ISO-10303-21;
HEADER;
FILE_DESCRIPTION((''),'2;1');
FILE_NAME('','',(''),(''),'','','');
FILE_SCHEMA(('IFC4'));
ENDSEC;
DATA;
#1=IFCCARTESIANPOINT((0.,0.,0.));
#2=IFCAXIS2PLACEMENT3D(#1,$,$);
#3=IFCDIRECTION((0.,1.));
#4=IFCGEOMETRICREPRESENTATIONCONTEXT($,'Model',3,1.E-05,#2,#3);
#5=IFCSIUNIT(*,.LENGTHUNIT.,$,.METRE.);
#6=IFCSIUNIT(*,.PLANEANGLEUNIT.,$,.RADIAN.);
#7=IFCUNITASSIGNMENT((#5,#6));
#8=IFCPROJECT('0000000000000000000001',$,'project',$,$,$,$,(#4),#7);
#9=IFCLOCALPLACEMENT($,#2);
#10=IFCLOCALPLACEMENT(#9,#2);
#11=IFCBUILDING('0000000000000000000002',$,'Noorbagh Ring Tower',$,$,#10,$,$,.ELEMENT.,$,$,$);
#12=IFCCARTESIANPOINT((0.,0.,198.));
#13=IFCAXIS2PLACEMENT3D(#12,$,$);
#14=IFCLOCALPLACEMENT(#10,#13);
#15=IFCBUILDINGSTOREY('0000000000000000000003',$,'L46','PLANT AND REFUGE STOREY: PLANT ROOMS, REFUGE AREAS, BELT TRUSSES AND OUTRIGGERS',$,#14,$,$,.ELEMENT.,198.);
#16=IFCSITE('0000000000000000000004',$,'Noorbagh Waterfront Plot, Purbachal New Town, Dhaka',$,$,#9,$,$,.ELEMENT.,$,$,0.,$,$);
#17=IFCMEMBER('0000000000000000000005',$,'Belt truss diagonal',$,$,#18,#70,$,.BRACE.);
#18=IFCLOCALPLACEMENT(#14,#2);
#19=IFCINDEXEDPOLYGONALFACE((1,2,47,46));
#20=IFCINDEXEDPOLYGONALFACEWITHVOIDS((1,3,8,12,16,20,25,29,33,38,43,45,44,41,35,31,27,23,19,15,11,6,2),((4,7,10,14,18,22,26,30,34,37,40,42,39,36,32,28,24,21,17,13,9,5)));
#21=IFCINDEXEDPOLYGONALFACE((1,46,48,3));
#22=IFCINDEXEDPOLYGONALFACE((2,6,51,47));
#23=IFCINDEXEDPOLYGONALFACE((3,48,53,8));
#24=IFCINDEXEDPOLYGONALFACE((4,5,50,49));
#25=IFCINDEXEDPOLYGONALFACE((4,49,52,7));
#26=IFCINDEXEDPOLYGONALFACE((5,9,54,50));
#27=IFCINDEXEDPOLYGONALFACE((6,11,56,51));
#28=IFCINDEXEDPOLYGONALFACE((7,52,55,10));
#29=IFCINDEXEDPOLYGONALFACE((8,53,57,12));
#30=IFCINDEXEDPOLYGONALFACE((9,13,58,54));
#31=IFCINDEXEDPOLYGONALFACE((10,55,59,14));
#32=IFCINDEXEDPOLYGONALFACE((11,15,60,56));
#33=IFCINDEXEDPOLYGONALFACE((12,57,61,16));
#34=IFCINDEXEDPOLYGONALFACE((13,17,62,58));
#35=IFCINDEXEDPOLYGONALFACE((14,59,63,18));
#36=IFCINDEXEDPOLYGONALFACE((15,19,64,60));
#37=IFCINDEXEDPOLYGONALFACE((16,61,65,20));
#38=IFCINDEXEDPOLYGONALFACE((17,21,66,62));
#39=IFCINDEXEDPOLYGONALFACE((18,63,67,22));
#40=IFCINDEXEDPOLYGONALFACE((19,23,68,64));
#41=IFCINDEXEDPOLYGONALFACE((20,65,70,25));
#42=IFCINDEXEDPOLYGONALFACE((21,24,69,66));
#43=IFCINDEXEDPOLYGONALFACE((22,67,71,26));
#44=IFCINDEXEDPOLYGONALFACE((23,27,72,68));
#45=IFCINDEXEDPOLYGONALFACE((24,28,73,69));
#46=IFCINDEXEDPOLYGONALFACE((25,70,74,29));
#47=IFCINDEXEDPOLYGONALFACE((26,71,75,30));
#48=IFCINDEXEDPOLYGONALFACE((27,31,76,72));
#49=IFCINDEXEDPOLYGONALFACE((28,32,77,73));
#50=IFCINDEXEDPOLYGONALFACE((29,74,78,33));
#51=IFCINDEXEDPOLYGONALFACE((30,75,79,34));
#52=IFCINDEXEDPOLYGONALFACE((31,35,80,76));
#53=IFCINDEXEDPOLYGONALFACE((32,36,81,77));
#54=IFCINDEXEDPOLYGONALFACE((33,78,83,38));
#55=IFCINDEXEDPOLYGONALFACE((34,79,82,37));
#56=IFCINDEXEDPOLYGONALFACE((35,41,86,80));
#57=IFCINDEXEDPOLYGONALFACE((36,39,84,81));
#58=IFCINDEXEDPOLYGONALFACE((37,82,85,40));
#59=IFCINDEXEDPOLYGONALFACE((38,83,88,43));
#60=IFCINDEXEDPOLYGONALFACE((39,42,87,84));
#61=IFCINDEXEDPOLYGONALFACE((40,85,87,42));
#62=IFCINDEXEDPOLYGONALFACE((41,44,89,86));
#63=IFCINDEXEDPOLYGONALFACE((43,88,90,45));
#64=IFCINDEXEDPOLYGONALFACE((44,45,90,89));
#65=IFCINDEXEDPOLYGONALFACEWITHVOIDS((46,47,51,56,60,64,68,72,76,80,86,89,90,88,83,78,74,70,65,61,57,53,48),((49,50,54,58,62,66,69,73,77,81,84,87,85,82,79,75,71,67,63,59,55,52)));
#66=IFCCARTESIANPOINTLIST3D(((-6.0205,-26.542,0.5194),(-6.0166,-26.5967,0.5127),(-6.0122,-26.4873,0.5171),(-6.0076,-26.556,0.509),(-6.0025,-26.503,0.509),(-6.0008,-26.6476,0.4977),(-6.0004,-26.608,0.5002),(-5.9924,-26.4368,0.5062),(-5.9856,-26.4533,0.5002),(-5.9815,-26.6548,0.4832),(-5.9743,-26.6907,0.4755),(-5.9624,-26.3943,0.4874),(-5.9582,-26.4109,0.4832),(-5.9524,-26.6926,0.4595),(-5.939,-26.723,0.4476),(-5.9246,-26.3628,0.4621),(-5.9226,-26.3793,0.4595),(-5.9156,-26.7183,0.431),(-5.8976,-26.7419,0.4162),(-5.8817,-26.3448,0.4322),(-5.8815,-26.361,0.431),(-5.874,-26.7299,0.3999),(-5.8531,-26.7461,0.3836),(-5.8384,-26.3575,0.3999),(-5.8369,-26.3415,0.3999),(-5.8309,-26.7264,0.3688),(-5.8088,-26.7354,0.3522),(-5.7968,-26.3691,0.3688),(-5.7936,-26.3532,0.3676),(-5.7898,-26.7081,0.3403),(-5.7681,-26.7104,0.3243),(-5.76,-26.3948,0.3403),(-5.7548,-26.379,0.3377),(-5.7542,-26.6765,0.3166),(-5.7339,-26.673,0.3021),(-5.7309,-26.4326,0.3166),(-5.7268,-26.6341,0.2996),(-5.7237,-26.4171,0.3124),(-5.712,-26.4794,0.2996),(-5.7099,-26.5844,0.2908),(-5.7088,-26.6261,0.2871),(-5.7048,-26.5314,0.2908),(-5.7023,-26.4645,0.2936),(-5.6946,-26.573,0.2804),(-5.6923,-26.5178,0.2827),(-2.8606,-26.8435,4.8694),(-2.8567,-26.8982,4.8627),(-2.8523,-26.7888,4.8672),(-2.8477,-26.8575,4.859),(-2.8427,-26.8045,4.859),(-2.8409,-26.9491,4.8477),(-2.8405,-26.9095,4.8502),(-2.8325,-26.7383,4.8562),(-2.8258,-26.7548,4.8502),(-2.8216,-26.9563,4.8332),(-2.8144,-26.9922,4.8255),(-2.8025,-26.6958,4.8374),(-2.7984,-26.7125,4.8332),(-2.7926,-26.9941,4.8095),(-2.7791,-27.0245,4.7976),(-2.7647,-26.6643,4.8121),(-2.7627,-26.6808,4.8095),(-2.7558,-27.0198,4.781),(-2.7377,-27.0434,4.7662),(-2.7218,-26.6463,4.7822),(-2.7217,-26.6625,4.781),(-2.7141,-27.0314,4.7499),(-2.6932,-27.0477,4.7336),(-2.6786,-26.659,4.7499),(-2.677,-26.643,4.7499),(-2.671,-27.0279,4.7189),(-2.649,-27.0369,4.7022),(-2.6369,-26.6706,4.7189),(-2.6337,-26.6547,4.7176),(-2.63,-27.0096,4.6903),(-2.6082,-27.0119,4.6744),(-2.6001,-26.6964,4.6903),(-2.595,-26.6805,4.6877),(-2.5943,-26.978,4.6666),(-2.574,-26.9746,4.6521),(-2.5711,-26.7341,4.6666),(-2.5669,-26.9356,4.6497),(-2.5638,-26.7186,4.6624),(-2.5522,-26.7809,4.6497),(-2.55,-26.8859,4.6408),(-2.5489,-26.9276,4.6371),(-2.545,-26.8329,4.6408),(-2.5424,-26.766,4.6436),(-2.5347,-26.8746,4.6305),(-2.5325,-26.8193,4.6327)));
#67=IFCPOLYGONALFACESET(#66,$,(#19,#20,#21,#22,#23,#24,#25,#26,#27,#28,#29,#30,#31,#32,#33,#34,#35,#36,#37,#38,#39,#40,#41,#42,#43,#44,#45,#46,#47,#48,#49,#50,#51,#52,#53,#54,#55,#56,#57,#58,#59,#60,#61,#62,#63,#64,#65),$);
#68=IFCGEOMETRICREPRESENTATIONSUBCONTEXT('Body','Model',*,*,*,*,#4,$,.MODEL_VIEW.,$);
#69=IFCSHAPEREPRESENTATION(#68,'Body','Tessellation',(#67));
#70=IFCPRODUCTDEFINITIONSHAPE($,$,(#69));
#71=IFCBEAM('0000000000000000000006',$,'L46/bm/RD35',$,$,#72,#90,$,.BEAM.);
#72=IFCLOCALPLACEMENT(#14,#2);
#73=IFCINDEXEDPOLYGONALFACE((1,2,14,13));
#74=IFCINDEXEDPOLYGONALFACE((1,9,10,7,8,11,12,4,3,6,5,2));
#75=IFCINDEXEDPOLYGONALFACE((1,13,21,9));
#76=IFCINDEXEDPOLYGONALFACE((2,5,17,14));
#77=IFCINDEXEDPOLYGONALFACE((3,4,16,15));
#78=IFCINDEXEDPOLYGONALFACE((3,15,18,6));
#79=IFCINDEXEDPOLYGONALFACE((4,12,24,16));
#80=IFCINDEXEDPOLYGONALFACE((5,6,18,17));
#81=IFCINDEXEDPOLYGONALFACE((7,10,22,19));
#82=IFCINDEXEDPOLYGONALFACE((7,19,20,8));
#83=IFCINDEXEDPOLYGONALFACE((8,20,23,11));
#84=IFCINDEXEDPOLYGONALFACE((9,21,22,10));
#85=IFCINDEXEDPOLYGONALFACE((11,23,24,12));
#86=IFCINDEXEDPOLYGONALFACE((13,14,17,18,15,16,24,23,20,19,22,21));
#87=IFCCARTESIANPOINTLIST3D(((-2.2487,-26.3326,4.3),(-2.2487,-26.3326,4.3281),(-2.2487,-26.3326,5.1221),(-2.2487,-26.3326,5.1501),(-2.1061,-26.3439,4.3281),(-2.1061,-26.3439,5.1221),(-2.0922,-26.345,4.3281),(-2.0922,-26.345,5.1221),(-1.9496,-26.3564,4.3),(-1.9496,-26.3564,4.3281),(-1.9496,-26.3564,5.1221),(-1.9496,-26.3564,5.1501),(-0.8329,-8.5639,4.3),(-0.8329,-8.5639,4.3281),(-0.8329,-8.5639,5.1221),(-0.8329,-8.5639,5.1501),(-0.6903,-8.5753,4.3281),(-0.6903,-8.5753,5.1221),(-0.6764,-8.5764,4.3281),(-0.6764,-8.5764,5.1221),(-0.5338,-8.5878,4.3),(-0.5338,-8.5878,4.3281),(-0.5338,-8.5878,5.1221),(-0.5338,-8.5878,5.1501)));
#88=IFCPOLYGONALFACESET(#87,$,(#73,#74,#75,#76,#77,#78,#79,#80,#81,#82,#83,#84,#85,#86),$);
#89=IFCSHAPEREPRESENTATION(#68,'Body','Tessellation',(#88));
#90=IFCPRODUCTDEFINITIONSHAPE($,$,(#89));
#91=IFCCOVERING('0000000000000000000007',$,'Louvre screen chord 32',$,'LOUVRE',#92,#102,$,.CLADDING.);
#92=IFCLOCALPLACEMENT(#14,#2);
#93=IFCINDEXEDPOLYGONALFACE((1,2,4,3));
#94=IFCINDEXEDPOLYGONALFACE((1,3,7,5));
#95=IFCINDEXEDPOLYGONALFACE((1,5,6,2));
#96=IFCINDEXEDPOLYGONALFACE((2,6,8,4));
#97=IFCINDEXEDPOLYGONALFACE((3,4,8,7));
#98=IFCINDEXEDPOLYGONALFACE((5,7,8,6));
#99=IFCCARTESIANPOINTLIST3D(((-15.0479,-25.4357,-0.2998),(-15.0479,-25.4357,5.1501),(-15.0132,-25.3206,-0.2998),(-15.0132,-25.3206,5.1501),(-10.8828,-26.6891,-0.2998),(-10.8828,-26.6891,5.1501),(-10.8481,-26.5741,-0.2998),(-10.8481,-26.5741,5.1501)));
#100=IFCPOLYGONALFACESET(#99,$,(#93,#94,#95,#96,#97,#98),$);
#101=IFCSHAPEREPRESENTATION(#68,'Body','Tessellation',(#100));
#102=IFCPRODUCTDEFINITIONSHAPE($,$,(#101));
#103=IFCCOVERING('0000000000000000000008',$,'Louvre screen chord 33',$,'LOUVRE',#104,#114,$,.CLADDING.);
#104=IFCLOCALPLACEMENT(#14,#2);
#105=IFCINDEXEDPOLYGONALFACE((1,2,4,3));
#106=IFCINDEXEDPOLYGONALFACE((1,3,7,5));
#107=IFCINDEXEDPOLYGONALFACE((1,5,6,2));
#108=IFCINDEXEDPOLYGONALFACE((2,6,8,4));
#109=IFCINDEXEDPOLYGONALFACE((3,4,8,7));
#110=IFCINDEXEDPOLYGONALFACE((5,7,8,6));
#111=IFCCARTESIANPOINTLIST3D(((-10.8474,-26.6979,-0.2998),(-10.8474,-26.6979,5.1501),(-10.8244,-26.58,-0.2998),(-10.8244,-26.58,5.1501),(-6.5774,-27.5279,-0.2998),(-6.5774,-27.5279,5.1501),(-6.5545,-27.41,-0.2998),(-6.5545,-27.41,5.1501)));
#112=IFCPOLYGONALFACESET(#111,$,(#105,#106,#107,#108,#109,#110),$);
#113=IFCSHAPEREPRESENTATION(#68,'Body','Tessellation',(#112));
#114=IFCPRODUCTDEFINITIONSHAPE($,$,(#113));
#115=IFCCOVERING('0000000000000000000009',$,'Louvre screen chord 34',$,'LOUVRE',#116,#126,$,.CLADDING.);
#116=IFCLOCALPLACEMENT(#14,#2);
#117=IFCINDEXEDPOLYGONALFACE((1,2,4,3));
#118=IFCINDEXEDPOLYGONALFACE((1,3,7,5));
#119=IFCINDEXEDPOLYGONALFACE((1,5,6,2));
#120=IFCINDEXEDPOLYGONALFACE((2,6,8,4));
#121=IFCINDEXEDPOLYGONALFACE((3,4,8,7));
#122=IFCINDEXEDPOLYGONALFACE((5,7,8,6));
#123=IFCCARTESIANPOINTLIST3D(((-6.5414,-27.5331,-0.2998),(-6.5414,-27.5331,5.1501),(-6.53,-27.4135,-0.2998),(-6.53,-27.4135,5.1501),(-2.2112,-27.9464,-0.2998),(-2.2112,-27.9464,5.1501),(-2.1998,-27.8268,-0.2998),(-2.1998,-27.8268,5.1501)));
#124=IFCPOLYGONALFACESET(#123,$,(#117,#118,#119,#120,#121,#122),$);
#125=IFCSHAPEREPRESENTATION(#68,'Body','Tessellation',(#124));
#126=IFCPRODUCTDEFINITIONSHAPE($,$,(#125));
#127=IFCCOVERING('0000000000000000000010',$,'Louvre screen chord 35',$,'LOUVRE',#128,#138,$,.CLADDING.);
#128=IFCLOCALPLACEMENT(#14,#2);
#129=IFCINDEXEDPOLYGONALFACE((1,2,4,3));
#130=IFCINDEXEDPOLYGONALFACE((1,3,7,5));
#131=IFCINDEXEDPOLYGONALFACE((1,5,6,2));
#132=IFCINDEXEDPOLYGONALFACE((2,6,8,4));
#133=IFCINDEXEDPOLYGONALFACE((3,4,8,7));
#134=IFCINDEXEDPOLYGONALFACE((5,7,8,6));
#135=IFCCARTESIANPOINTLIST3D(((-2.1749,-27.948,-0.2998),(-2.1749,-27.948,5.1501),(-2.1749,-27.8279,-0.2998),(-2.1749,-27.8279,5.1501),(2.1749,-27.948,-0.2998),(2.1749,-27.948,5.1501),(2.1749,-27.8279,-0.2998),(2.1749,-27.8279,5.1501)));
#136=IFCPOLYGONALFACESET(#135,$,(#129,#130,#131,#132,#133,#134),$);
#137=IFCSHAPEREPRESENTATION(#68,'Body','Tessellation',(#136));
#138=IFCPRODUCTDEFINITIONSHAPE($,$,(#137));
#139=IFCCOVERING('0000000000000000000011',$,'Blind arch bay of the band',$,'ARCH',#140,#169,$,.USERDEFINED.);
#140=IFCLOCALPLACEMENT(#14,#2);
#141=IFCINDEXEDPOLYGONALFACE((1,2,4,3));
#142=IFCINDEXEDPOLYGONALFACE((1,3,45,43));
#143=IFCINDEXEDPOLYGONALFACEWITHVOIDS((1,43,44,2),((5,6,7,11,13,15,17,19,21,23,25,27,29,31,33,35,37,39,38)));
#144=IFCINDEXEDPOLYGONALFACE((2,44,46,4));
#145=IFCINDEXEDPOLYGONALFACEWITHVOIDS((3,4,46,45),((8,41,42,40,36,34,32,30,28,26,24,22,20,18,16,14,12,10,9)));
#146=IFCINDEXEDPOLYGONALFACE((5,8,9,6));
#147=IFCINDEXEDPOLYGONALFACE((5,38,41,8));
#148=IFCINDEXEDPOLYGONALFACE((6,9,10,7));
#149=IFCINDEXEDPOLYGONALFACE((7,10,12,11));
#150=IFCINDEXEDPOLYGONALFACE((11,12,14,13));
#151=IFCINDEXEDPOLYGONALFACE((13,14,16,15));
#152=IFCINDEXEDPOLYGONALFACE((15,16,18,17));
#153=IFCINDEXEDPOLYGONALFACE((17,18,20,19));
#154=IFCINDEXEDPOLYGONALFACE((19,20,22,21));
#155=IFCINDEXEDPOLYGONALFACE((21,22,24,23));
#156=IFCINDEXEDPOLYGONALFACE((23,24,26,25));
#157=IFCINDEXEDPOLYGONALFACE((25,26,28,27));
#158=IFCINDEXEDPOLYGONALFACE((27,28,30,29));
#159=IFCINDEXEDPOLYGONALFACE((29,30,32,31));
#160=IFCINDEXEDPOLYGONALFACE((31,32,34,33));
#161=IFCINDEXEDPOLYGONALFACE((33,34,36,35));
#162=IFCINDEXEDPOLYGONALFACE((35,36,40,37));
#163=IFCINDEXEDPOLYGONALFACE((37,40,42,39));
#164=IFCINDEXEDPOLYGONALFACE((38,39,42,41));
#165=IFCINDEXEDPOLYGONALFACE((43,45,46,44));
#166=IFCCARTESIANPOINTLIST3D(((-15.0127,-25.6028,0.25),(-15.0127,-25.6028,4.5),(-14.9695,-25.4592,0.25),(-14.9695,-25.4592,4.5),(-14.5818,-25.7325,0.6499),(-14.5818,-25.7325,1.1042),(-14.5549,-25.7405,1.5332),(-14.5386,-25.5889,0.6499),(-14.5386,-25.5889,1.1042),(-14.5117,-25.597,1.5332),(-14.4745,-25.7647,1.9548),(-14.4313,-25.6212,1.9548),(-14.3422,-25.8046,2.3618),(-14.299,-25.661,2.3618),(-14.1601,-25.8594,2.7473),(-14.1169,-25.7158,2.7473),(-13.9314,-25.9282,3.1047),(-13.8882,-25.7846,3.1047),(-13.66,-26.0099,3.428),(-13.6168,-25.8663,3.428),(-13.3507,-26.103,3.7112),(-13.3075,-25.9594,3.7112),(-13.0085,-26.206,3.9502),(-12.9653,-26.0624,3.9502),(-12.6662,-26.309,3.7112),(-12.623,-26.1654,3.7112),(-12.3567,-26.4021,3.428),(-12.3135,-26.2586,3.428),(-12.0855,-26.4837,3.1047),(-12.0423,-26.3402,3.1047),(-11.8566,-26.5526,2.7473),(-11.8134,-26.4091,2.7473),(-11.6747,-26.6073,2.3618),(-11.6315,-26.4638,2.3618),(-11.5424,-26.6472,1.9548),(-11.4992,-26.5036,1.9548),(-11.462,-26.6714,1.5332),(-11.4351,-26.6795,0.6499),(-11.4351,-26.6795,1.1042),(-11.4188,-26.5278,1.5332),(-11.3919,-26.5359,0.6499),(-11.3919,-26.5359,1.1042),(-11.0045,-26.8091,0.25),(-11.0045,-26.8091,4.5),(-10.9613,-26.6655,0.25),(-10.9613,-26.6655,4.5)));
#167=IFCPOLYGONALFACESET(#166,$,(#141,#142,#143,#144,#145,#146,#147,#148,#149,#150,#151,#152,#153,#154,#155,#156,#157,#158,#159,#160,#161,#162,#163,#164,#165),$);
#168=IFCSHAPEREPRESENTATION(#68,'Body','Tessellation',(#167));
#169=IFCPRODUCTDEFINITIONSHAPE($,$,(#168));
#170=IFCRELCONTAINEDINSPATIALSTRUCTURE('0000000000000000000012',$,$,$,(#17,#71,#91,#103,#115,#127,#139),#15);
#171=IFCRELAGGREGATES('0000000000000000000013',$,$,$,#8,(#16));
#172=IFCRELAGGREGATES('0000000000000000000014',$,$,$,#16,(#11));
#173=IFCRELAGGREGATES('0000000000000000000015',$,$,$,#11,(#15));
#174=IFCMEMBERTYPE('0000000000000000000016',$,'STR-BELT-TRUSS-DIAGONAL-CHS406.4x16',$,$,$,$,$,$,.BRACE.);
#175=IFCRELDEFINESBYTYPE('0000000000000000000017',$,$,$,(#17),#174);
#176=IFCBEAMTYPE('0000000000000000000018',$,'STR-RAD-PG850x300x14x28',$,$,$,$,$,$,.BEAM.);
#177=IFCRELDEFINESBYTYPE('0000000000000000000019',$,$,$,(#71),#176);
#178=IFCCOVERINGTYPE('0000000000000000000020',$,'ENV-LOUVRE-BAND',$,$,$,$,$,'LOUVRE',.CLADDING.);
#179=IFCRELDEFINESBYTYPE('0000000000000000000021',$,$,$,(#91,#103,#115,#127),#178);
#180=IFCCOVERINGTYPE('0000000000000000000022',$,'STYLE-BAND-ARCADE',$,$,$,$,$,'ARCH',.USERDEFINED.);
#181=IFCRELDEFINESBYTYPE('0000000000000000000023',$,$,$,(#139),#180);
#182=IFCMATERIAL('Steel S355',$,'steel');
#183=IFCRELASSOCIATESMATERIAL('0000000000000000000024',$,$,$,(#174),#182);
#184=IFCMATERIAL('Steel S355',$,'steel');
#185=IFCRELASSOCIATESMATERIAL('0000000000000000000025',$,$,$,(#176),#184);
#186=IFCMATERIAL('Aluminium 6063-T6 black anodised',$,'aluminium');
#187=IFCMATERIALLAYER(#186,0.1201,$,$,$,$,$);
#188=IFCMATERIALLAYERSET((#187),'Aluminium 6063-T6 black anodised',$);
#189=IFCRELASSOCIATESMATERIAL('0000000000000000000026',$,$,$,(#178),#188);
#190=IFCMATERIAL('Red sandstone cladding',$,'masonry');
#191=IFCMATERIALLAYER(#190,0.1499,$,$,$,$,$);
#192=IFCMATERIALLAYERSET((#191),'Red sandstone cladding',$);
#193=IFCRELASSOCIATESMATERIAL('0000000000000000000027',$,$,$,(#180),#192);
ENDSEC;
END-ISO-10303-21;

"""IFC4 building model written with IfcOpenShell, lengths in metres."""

from ifc_helpers import new_model, si_unit, direction, frame, origin, origin_2d, place, context, subcontext, project, spatial, polyline, rectangle, hollow_circle, i_section, outline, extrude, material, layer, layer_set, material_profile, profile_set, type_object, element, save


model = new_model("IFC4")

# Units and contexts
model_context = context("Model", 3, precision=1e-05, world=origin(), true_north=direction((0.0, 1.0)))
body_context = subcontext(model_context, "Body", "Model", "MODEL_VIEW")
ifc_project = project(units=[si_unit("LENGTHUNIT", "METRE"), si_unit("PLANEANGLEUNIT", "RADIAN")], contexts=[model_context])

# Site, building, storey
site_placement = place(None, origin())
site = spatial("IfcSite", under=ifc_project, at=site_placement, Name="Noorbagh Waterfront Plot, Purbachal New Town, Dhaka", CompositionType="ELEMENT", RefElevation=0.0)
building_placement = place(site_placement, origin())
building = spatial("IfcBuilding", under=site, at=building_placement, Name="Noorbagh Ring Tower", CompositionType="ELEMENT")
storey_placement = place(building_placement, frame((0.0, 0.0, 198.0)))
storey = spatial("IfcBuildingStorey", under=building, at=storey_placement, Name="L46", Description="PLANT AND REFUGE STOREY: PLANT ROOMS, REFUGE AREAS, BELT TRUSSES AND OUTRIGGERS", CompositionType="ELEMENT", Elevation=198.0)

# Member
ifc_material_1 = material(Name="Steel S355", Category="steel")
ifc_material_profile_1 = material_profile(ifc_material_1, hollow_circle(Radius=0.2031, WallThickness=0.0161, at=origin_2d()), Name="CHS406.4x16")
ifc_profile_set_1 = profile_set([ifc_material_profile_1], Name="Steel S355")
member_type = type_object("IfcMemberType", Name="STR-BELT-TRUSS-DIAGONAL-CHS406.4x16", PredefinedType="BRACE", material=ifc_profile_set_1)
member_1_placement = place(storey_placement, frame((-5.8562, -26.5437, 0.3999), z_axis=(0.586788, -0.05599, 0.807803), x_axis=(0.094987, 0.995479, 0.0)))
element("IfcMember", 1, at=member_1_placement, inside=storey, type_object=member_type, Name="Belt truss diagonal", PredefinedType="BRACE", context=body_context, shape_type="SweptSolid", body=[
    extrude(hollow_circle(Radius=0.2031, WallThickness=0.0161, at=origin_2d()), origin(), (0.0, 0.0, 1.0), 5.385),
])

# Beam
ifc_material_2 = material(Name="Steel S355", Category="steel")
ifc_material_profile_2 = material_profile(ifc_material_2, i_section(OverallWidth=0.3, OverallDepth=0.8501, WebThickness=0.0139, FlangeThickness=0.0281, at=origin_2d()), Name="PG850x300x14x28")
ifc_profile_set_2 = profile_set([ifc_material_profile_2], Name="Steel S355")
beam_type_1 = type_object("IfcBeamType", Name="STR-RAD-PG850x300x14x28", PredefinedType="BEAM", material=ifc_profile_set_2)
beam_placement = place(storey_placement, frame((-2.0991, -26.3445, 4.7251), z_axis=(0.079427, 0.996841, 0.0), x_axis=(-0.996841, 0.079427, 0.0)))
element("IfcBeam", 2, at=beam_placement, inside=storey, type_object=beam_type_1, Name="L46/bm/RD35", PredefinedType="BEAM", context=body_context, shape_type="SweptSolid", body=[
    extrude(i_section(OverallWidth=0.3, OverallDepth=0.8501, WebThickness=0.0139, FlangeThickness=0.0281, at=origin_2d()), origin(), (0.0, 0.0, 1.0), 17.825),
])

# Coverings
ifc_material_3 = material(Name="Aluminium 6063-T6 black anodised", Category="aluminium")
ifc_layer_1 = layer(ifc_material_3, 0.1201)
ifc_layer_set_1 = layer_set([ifc_layer_1], Name="Aluminium 6063-T6 black anodised")
covering_type_1 = type_object("IfcCoveringType", Name="ENV-LOUVRE-BAND", ElementType="LOUVRE", PredefinedType="CLADDING", material=ifc_layer_set_1)
covering_1_placement = place(storey_placement, frame((-12.948, -26.0049, -0.2998), z_axis=(0.0, 0.0, 1.0), x_axis=(0.957578, -0.288174, 0.0)))
element("IfcCovering", 3, at=covering_1_placement, inside=storey, type_object=covering_type_1, Name="Louvre screen chord 32", ObjectType="LOUVRE", PredefinedType="CLADDING", context=body_context, shape_type="SweptSolid", body=[
    extrude(rectangle(XDim=4.3496, YDim=0.1201, at=origin_2d()), origin(), (0.0, 0.0, 1.0), 5.45),
])
for number, where, z_axis, x_axis, name in (
    (4, (-8.7009, -27.054, -0.2998), (0.0, 0.0, 1.0), (0.981625, -0.19082, 0.0), "Louvre screen chord 33"),
    (5, (-4.3706, -27.6799, -0.2998), (0.0, 0.0, 1.0), (0.995476, -0.095008, 0.0), "Louvre screen chord 34"),
    (6, (0.0, -27.8879, -0.2998), (0.0, 0.0, 1.0), (1.0, 0.0, 0.0), "Louvre screen chord 35"),
):
    element("IfcCovering", number, at=place(storey_placement, frame(where, z_axis=z_axis, x_axis=x_axis)), inside=storey, type_object=covering_type_1, Name=name, ObjectType="LOUVRE", PredefinedType="CLADDING", context=body_context, shape_type="SweptSolid", body=[
        extrude(rectangle(XDim=4.3499, YDim=0.1201, at=origin_2d()), origin(), (0.0, 0.0, 1.0), 5.45),
    ])
ifc_material_4 = material(Name="Red sandstone cladding", Category="masonry")
ifc_layer_2 = layer(ifc_material_4, 0.1499)
ifc_layer_set_2 = layer_set([ifc_layer_2], Name="Red sandstone cladding")
covering_type_2 = type_object("IfcCoveringType", Name="STYLE-BAND-ARCADE", ElementType="ARCH", PredefinedType="USERDEFINED", material=ifc_layer_set_2)
covering_2_placement = place(storey_placement, frame((-15.0127, -25.6028, 0.25), z_axis=(-0.288183, -0.957575, 0.0), x_axis=(0.957575, -0.288183, 0.0)))
element("IfcCovering", 7, at=covering_2_placement, inside=storey, type_object=covering_type_2, Name="Blind arch bay of the band", ObjectType="ARCH", PredefinedType="USERDEFINED", context=body_context, shape_type="SweptSolid", body=[
    extrude(outline(polyline([(0.0, 0.0), (4.1858, 0.0), (4.1858, 4.25), (0.0, 4.25), (0.0, 0.0)]), holes=[polyline([(0.45, 0.3999), (0.45, 0.8542), (0.478, 1.2832), (0.562, 1.7048), (0.7002, 2.1118), (0.8904, 2.4973), (1.1292, 2.8547), (1.4126, 3.178), (1.7356, 3.4612), (2.093, 3.7002), (2.4504, 3.4612), (2.7737, 3.178), (3.0569, 2.8547), (3.2959, 2.4973), (3.4858, 2.1118), (3.624, 1.7048), (3.708, 1.2832), (3.7361, 0.8542), (3.7361, 0.3999), (0.45, 0.3999)])]), origin(), (0.0, 0.0, -1.0), 0.1499),
])

save(model, "model.ifc")
